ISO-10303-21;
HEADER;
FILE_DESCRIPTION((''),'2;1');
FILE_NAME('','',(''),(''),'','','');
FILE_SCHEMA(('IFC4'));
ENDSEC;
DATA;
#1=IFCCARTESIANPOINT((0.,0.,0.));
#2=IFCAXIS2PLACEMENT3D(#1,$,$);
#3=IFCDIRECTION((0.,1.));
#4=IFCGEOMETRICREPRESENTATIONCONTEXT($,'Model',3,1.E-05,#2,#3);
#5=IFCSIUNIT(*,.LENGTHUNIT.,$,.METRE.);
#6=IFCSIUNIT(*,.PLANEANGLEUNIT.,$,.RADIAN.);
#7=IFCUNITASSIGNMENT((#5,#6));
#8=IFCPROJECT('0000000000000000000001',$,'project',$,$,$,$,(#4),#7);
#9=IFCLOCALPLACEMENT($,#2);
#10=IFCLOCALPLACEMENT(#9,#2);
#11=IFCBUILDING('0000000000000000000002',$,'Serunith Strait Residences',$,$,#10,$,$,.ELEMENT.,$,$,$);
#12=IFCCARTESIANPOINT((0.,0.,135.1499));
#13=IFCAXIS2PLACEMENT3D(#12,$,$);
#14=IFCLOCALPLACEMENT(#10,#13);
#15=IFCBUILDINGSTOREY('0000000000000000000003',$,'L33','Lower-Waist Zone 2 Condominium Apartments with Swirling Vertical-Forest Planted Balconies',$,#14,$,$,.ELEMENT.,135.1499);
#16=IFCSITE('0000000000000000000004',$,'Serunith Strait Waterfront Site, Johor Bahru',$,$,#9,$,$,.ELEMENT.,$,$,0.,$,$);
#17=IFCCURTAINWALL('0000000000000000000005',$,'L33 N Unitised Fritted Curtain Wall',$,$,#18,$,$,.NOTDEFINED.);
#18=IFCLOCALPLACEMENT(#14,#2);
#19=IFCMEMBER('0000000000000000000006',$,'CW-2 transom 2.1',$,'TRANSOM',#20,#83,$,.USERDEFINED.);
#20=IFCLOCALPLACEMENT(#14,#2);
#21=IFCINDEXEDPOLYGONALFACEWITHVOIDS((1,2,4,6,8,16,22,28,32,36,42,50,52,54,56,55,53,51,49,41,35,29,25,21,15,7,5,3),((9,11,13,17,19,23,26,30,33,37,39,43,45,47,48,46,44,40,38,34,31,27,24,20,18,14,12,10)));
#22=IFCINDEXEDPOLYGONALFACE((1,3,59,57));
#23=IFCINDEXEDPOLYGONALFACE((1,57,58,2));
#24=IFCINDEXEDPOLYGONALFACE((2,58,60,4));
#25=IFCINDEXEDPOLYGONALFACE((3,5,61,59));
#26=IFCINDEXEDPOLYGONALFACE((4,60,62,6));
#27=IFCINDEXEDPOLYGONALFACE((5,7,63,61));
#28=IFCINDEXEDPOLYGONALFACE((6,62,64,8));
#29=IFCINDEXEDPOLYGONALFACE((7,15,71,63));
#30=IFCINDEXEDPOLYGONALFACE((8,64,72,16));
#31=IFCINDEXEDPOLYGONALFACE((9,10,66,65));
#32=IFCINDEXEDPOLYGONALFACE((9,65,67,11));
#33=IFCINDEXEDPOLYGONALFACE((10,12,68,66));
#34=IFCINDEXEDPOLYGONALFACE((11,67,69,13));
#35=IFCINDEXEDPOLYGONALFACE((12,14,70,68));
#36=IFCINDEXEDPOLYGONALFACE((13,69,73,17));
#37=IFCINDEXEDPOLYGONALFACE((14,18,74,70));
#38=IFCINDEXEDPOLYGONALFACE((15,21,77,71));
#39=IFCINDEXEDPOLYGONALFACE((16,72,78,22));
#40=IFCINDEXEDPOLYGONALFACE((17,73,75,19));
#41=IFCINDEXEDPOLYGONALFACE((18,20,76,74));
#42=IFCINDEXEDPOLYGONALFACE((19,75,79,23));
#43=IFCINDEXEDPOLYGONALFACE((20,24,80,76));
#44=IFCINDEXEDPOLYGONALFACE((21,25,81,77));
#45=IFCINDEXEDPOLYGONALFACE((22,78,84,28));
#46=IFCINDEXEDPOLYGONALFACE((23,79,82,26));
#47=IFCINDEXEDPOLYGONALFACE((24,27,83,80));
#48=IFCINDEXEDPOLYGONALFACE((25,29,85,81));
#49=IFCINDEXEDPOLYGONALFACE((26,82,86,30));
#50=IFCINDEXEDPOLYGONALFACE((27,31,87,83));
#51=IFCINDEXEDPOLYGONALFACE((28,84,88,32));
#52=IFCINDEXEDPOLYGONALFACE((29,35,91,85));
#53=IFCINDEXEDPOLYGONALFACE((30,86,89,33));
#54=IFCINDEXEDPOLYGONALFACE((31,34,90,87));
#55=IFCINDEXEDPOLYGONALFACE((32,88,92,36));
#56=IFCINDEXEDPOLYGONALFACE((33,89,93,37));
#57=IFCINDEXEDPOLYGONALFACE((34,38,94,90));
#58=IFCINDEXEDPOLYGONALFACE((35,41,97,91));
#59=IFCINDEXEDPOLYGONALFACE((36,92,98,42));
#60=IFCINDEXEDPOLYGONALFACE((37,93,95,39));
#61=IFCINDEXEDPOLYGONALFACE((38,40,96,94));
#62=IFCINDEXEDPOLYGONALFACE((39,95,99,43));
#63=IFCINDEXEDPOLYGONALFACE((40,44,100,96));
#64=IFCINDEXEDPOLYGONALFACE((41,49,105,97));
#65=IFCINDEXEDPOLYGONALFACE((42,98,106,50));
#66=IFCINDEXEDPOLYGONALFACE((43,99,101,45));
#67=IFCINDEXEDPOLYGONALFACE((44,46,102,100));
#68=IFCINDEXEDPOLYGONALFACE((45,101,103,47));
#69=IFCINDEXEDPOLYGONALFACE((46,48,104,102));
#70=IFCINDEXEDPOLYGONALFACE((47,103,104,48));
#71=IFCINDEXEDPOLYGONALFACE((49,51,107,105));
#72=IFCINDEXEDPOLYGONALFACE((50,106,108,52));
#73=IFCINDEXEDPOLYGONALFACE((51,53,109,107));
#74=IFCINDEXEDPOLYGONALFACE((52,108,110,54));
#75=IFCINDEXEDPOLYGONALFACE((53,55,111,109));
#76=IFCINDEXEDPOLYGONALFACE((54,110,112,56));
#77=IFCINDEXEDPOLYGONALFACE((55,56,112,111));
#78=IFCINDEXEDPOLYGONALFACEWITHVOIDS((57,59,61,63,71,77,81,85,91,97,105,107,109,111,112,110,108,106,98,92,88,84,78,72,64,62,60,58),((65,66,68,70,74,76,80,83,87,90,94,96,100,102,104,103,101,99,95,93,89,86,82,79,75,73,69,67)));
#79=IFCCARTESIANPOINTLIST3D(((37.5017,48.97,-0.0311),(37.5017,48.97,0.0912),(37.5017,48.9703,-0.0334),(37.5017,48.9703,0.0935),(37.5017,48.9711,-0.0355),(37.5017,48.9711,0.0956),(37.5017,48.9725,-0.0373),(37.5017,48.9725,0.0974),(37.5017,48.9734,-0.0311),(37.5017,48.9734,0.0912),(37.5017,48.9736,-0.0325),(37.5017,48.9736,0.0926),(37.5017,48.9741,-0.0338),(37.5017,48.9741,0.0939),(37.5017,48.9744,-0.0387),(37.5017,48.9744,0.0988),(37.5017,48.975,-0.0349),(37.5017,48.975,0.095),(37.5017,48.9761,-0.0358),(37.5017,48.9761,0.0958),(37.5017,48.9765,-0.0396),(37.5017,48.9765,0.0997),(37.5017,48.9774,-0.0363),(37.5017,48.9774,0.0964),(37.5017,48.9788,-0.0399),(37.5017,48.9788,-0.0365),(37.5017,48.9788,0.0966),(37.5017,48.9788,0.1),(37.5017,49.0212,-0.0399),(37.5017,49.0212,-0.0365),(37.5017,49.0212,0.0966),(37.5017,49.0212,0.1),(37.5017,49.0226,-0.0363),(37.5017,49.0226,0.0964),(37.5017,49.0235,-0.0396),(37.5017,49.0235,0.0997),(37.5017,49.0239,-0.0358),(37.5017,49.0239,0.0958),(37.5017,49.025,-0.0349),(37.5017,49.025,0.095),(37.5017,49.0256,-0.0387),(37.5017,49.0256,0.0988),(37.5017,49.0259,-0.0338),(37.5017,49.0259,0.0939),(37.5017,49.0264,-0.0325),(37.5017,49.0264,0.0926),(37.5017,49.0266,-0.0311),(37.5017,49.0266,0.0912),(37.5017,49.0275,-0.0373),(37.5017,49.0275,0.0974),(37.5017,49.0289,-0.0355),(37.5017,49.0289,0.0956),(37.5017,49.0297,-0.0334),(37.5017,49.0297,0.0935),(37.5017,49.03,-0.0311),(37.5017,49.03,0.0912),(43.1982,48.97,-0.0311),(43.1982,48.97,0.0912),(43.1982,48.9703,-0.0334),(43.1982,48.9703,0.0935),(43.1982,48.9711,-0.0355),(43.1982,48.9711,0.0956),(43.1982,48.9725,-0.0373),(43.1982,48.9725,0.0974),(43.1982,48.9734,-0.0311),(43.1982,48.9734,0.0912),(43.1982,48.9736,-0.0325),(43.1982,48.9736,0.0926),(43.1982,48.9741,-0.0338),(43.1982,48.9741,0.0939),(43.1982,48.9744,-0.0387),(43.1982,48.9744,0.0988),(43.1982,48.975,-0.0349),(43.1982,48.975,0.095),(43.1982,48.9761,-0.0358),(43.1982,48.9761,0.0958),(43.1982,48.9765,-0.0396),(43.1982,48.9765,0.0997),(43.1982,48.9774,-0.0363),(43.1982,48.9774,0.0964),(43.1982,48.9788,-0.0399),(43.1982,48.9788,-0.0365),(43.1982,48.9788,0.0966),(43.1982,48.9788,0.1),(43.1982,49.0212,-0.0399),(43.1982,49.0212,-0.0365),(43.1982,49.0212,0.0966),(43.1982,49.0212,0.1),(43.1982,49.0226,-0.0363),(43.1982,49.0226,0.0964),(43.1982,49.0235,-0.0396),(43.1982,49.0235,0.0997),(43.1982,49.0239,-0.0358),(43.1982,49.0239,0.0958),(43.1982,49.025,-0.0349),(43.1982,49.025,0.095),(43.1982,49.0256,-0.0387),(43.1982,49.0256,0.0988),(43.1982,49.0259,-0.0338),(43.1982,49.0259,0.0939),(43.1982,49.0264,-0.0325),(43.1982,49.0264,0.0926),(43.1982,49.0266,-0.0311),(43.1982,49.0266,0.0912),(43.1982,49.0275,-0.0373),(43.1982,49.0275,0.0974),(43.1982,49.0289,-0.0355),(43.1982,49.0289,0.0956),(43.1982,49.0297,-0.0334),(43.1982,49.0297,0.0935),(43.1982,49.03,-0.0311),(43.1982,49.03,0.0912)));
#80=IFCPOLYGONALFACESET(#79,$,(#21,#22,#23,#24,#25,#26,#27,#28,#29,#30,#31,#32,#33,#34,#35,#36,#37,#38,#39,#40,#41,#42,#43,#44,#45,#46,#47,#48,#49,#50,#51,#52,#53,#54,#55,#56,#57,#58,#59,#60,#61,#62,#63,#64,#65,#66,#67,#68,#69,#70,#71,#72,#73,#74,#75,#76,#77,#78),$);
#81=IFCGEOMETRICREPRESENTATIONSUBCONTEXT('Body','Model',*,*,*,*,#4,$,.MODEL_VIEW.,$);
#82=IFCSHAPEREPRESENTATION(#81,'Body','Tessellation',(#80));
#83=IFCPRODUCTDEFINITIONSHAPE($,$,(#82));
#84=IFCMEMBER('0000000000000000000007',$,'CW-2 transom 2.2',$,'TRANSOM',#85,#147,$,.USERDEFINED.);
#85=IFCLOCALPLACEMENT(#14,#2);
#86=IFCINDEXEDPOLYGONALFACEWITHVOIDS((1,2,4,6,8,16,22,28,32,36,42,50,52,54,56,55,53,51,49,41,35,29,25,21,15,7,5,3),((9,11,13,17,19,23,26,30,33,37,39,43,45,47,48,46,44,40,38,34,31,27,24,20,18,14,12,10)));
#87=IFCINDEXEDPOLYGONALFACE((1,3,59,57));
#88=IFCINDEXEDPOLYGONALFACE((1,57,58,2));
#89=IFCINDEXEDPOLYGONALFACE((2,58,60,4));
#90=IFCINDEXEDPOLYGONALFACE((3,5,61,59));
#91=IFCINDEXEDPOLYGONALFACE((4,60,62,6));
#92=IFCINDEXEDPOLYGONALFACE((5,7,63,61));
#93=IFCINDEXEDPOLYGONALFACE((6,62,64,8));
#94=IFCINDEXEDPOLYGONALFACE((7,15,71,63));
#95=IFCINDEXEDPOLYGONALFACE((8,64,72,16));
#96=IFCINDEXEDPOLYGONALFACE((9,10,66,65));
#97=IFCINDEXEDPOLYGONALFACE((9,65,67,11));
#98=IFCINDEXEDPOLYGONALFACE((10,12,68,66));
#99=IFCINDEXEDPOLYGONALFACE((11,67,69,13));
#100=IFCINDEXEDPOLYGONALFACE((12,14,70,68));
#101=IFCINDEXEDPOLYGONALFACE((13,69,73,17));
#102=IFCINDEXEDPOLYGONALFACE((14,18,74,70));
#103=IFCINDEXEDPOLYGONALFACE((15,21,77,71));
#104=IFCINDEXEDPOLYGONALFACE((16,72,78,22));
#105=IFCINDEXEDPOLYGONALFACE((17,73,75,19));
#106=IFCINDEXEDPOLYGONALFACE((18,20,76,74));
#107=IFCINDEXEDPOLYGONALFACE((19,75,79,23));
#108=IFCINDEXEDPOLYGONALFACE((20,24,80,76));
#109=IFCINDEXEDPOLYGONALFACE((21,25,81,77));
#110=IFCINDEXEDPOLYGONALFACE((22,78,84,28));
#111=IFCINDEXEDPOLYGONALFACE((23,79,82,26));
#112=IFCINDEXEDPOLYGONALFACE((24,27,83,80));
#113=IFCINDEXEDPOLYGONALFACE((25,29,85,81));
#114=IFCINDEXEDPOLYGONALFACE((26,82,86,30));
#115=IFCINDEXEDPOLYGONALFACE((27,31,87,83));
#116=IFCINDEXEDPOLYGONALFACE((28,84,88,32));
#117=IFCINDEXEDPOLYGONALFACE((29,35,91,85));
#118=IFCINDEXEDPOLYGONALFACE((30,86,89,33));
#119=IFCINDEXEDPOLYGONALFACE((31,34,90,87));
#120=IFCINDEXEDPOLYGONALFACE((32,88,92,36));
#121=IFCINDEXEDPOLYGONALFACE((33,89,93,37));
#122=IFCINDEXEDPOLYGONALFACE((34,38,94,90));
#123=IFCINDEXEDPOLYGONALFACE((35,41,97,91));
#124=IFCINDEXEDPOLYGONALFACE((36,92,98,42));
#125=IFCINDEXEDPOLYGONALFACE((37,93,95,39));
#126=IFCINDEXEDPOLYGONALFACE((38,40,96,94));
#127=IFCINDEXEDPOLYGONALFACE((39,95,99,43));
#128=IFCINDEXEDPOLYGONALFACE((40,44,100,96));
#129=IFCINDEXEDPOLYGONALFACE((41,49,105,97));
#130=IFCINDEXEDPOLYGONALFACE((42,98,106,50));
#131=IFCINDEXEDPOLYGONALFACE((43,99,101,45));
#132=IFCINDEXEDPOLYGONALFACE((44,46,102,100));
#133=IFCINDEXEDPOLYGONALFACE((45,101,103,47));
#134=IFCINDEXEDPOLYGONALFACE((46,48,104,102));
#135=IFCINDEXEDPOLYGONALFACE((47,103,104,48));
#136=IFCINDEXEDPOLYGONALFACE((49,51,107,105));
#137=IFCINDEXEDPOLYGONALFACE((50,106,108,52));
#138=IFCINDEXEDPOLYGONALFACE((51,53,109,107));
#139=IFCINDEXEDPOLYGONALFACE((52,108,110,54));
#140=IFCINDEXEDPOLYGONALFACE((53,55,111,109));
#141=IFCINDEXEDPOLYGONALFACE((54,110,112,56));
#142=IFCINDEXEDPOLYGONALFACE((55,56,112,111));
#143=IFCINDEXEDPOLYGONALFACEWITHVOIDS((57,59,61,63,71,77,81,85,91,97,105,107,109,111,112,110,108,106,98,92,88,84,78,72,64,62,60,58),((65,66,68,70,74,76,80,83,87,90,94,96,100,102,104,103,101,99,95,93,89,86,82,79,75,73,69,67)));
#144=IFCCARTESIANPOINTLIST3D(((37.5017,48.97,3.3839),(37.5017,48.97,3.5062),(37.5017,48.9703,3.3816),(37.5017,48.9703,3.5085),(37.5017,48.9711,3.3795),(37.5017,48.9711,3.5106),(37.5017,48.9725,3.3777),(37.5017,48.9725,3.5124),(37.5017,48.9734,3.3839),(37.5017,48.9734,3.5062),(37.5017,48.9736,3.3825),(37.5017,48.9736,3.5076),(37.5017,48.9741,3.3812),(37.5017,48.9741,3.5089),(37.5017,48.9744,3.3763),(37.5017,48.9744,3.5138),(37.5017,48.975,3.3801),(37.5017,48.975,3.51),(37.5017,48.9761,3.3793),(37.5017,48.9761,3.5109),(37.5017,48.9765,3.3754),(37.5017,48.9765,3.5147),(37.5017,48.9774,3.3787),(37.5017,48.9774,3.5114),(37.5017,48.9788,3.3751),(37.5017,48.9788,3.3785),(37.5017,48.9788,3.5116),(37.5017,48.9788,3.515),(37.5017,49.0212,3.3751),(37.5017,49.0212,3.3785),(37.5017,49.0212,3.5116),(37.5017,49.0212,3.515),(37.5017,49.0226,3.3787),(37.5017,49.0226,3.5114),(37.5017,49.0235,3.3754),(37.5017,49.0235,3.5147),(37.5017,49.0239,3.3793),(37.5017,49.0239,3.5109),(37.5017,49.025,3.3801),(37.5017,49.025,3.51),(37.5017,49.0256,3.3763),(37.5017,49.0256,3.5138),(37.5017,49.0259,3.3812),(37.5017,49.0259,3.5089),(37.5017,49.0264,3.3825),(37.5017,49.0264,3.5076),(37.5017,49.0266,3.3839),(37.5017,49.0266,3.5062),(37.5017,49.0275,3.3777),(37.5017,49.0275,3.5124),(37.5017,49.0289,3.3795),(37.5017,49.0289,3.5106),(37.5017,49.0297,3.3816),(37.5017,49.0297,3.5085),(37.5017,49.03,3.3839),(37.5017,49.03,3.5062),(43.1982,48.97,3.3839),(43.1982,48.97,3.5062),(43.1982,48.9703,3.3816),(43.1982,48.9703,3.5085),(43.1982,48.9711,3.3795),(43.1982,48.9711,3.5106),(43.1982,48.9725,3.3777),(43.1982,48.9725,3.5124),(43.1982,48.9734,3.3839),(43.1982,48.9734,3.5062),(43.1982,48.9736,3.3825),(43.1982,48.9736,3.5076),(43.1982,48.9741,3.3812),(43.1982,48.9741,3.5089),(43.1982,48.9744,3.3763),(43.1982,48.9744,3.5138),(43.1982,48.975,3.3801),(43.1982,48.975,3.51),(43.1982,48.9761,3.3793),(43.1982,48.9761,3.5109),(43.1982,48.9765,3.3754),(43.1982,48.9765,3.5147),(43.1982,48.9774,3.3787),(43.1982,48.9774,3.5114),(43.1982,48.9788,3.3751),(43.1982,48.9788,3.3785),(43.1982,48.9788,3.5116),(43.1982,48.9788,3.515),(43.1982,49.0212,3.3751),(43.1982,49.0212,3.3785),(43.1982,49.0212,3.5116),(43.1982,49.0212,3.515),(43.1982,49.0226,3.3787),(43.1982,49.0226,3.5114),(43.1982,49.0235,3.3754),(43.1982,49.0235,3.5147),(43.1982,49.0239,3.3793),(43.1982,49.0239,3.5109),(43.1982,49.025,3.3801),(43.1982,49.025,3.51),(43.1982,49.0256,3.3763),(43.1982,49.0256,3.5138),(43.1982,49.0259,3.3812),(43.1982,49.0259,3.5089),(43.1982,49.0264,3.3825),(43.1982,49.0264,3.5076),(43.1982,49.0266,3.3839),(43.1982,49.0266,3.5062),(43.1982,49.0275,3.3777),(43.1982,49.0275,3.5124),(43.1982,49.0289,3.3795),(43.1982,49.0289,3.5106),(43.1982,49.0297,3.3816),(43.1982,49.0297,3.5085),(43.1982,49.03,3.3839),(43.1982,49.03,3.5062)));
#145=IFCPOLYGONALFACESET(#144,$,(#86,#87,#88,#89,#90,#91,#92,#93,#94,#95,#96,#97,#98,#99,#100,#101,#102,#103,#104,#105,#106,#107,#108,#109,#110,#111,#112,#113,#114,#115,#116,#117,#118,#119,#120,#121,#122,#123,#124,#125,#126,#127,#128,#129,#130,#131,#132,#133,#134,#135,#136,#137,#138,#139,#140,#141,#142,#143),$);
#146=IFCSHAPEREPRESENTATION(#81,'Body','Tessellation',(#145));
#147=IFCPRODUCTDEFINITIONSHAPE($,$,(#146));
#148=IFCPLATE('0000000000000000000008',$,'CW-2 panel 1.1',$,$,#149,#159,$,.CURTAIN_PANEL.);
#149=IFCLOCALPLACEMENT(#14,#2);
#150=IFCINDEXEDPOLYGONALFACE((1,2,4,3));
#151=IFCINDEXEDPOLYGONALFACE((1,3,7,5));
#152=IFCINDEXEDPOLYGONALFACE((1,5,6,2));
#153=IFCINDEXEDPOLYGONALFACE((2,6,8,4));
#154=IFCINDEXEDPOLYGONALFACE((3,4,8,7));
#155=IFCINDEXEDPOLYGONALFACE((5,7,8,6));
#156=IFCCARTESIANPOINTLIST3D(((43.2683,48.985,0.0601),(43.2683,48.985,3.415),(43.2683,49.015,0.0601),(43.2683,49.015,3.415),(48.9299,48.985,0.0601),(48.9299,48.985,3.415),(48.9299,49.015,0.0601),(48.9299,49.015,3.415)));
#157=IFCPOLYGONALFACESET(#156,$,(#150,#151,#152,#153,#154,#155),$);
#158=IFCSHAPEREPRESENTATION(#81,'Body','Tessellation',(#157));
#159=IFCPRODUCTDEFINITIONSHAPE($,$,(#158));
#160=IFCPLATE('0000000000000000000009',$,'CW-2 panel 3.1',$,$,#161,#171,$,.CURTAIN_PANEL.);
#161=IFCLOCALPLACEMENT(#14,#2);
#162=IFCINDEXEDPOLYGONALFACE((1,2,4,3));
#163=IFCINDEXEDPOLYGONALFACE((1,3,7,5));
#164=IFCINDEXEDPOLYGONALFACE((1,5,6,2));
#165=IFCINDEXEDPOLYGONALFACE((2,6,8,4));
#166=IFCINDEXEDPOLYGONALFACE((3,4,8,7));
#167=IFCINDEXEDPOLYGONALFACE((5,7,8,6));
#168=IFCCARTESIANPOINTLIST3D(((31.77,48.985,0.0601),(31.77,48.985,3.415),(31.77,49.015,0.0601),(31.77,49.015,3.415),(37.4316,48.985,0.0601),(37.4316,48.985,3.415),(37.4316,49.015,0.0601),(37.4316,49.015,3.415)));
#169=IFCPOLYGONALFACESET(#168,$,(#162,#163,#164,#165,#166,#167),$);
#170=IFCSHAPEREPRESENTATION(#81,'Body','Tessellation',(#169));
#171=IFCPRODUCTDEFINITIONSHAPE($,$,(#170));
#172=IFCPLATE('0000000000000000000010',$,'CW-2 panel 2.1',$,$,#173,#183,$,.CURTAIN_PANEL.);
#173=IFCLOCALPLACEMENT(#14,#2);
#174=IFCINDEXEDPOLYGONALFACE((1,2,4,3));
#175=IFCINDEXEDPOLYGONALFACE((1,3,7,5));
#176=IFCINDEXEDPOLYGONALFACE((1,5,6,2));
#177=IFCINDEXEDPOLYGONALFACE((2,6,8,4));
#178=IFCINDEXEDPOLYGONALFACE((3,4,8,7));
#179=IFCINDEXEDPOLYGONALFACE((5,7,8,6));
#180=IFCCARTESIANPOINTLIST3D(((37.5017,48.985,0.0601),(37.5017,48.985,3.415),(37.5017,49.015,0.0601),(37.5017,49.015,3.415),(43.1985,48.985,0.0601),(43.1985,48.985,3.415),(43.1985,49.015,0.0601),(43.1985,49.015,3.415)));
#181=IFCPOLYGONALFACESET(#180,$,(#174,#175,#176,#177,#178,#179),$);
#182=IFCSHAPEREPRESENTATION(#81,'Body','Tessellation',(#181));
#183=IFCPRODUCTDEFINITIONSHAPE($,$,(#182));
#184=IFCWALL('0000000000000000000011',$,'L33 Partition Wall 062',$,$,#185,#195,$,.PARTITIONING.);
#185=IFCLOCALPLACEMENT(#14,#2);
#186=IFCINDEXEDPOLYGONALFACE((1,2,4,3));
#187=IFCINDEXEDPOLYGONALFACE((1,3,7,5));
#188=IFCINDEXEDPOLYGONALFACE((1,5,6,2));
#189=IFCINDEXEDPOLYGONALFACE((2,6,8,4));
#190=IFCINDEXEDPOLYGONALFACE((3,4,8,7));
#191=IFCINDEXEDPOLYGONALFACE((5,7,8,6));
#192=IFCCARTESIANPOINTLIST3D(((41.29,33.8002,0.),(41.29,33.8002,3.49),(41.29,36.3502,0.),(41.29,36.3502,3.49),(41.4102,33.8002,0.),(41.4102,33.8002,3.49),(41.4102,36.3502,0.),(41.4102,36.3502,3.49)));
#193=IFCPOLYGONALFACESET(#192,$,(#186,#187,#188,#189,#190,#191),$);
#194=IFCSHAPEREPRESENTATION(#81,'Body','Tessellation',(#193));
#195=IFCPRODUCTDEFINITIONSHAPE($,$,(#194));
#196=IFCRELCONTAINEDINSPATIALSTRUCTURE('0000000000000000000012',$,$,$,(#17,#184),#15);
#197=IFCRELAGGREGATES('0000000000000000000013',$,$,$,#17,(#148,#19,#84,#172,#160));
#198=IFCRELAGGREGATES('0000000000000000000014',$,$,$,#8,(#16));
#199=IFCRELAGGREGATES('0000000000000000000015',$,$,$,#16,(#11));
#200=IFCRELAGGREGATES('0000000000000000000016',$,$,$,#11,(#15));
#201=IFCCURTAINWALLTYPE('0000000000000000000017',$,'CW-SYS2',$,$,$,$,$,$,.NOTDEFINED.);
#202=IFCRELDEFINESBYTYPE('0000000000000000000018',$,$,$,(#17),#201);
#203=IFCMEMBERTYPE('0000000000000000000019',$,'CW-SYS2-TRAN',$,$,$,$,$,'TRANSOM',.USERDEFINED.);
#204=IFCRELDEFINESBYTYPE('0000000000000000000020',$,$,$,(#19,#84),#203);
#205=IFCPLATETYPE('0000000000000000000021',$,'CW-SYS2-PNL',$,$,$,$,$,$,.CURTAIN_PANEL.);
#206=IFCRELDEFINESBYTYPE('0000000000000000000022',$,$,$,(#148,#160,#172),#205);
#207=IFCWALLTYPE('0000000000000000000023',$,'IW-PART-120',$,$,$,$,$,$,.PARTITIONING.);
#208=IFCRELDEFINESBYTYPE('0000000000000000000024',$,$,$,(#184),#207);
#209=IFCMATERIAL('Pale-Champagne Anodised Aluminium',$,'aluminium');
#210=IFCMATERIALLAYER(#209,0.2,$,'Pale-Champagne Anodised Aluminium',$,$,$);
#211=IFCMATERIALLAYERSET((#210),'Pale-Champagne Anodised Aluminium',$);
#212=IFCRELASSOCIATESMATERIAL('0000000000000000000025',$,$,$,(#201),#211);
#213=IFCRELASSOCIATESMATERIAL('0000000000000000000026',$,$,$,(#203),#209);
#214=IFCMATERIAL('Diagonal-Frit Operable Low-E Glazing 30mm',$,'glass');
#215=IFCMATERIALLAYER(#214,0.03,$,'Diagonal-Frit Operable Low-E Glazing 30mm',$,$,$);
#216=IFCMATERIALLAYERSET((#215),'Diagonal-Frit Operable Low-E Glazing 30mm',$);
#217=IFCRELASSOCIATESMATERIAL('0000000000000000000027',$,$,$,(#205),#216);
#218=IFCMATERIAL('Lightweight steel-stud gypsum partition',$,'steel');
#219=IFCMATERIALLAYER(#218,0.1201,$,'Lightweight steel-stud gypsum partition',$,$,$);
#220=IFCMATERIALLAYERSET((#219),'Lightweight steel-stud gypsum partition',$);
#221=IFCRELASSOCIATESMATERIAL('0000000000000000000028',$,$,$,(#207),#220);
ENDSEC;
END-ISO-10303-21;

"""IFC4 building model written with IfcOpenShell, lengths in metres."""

from ifc_helpers import new_model, si_unit, direction, frame, frame_2d, origin, origin_2d, place, context, subcontext, project, spatial, rectangle, hollow_rectangle, extrude, source, transform, mapped, material, layer, layer_set, material_profile, profile_set, type_object, element, aggregate, save


model = new_model("IFC4")

# Units and contexts
model_context = context("Model", 3, precision=1e-05, world=origin(), true_north=direction((0.0, 1.0)))
body_context = subcontext(model_context, "Body", "Model", "MODEL_VIEW")
ifc_project = project(units=[si_unit("LENGTHUNIT", "METRE"), si_unit("PLANEANGLEUNIT", "RADIAN")], contexts=[model_context])

# Site, building, storey
site_placement = place(None, origin())
site = spatial("IfcSite", under=ifc_project, at=site_placement, Name="Serunith Strait Waterfront Site, Johor Bahru", CompositionType="ELEMENT", RefElevation=0.0)
building_placement = place(site_placement, origin())
building = spatial("IfcBuilding", under=site, at=building_placement, Name="Serunith Strait Residences", CompositionType="ELEMENT")
storey_placement = place(building_placement, frame((0.0, 0.0, 135.1499)))
storey = spatial("IfcBuildingStorey", under=building, at=storey_placement, Name="L33", Description="Lower-Waist Zone 2 Condominium Apartments with Swirling Vertical-Forest Planted Balconies", CompositionType="ELEMENT", Elevation=135.1499)

# Curtain wall, members, plates
ifc_material_1 = material(Name="Pale-Champagne Anodised Aluminium", Category="aluminium")
ifc_layer_1 = layer(ifc_material_1, 0.2, Name="Pale-Champagne Anodised Aluminium")
ifc_layer_set_1 = layer_set([ifc_layer_1], Name="Pale-Champagne Anodised Aluminium")
curtain_wall_type = type_object("IfcCurtainWallType", Name="CW-SYS2", PredefinedType="NOTDEFINED", material=ifc_layer_set_1)
curtain_wall_placement = place(storey_placement, origin())
curtain_wall = element("IfcCurtainWall", 1, at=curtain_wall_placement, inside=storey, type_object=curtain_wall_type, Name="L33 N Unitised Fritted Curtain Wall", PredefinedType="NOTDEFINED")
ifc_material_profile_1 = material_profile(ifc_material_1, hollow_rectangle(XDim=0.0601, YDim=0.1399, WallThickness=0.0034, InnerFilletRadius=0.0054, OuterFilletRadius=0.0088, at=origin_2d()), Name="ALU 140x60x3.5")
ifc_profile_set_1 = profile_set([ifc_material_profile_1], Name="Pale-Champagne Anodised Aluminium")
member_type_1 = type_object("IfcMemberType", Name="CW-SYS2-TRAN", ElementType="TRANSOM", PredefinedType="USERDEFINED", material=ifc_profile_set_1)
shared_shape_1 = source(origin(), body_context, "Body", "SweptSolid", [
    extrude(hollow_rectangle(XDim=0.0601, YDim=0.1399, WallThickness=0.0034, InnerFilletRadius=0.0054, OuterFilletRadius=0.0088, at=origin_2d()), origin(), (0.0, 0.0, 1.0), 5.6965),
])
member_1_placement = place(storey_placement, frame((43.1982, 49.0, 0.03), z_axis=(-1.0, 0.0, 0.0), x_axis=(0.0, -1.0, 0.0)))
member_1 = element("IfcMember", 2, at=member_1_placement, type_object=member_type_1, Name="CW-2 transom 2.1", ObjectType="TRANSOM", PredefinedType="USERDEFINED", context=body_context, shape_type="MappedRepresentation", body=[
    mapped(shared_shape_1, transform((0.0, 0.0, 0.0), scale=1.0)),
])
member_2_placement = place(storey_placement, frame((43.1982, 49.0, 3.4451), z_axis=(-1.0, 0.0, 0.0), x_axis=(0.0, -1.0, 0.0)))
member_2 = element("IfcMember", 3, at=member_2_placement, type_object=member_type_1, Name="CW-2 transom 2.2", ObjectType="TRANSOM", PredefinedType="USERDEFINED", context=body_context, shape_type="MappedRepresentation", body=[
    mapped(shared_shape_1, transform((0.0, 0.0, 0.0), scale=1.0)),
])
ifc_material_2 = material(Name="Diagonal-Frit Operable Low-E Glazing 30mm", Category="glass")
ifc_layer_2 = layer(ifc_material_2, 0.03, Name="Diagonal-Frit Operable Low-E Glazing 30mm")
ifc_layer_set_2 = layer_set([ifc_layer_2], Name="Diagonal-Frit Operable Low-E Glazing 30mm")
plate_type = type_object("IfcPlateType", Name="CW-SYS2-PNL", PredefinedType="CURTAIN_PANEL", material=ifc_layer_set_2)
shared_shape_2 = source(origin(), body_context, "Body", "SweptSolid", [
    extrude(rectangle(XDim=5.6616, YDim=0.03, at=origin_2d()), origin(), (0.0, 0.0, 1.0), 3.355),
])
plate_1_placement = place(storey_placement, frame((46.0991, 49.0, 0.0601), z_axis=(0.0, 0.0, 1.0), x_axis=(-1.0, 0.0, 0.0)))
plate_1 = element("IfcPlate", 4, at=plate_1_placement, type_object=plate_type, Name="CW-2 panel 1.1", PredefinedType="CURTAIN_PANEL", context=body_context, shape_type="MappedRepresentation", body=[
    mapped(shared_shape_2, transform((0.0, 0.0, 0.0), scale=1.0)),
])
plate_2_placement = place(storey_placement, frame((34.6008, 49.0, 0.0601), z_axis=(0.0, 0.0, 1.0), x_axis=(-1.0, 0.0, 0.0)))
plate_2 = element("IfcPlate", 5, at=plate_2_placement, type_object=plate_type, Name="CW-2 panel 3.1", PredefinedType="CURTAIN_PANEL", context=body_context, shape_type="MappedRepresentation", body=[
    mapped(shared_shape_2, transform((0.0, 0.0, 0.0), scale=1.0)),
])
shared_shape_3 = source(origin(), body_context, "Body", "SweptSolid", [
    extrude(rectangle(XDim=5.6968, YDim=0.03, at=origin_2d()), origin(), (0.0, 0.0, 1.0), 3.355),
])
plate_3_placement = place(storey_placement, frame((40.3501, 49.0, 0.0601), z_axis=(0.0, 0.0, 1.0), x_axis=(-1.0, 0.0, 0.0)))
plate_3 = element("IfcPlate", 6, at=plate_3_placement, type_object=plate_type, Name="CW-2 panel 2.1", PredefinedType="CURTAIN_PANEL", context=body_context, shape_type="MappedRepresentation", body=[
    mapped(shared_shape_3, transform((0.0, 0.0, 0.0), scale=1.0)),
])
aggregate(curtain_wall, [plate_1, member_1, member_2, plate_3, plate_2])

# Wall
ifc_material_3 = material(Name="Lightweight steel-stud gypsum partition", Category="steel")
ifc_layer_3 = layer(ifc_material_3, 0.1201, Name="Lightweight steel-stud gypsum partition")
ifc_layer_set_3 = layer_set([ifc_layer_3], Name="Lightweight steel-stud gypsum partition")
wall_type = type_object("IfcWallType", Name="IW-PART-120", PredefinedType="PARTITIONING", material=ifc_layer_set_3)
wall_1_placement = place(storey_placement, frame((41.3501, 36.3501, 0.0), z_axis=(0.0, 0.0, 1.0), x_axis=(0.0, -1.0, 0.0)))
element("IfcWall", 7, at=wall_1_placement, inside=storey, type_object=wall_type, Name="L33 Partition Wall 062", PredefinedType="PARTITIONING", context=body_context, shape_type="SweptSolid", body=[
    extrude(rectangle(XDim=2.55, YDim=0.1201, at=frame_2d((1.2749, 0.0))), origin(), (0.0, 0.0, 1.0), 3.49),
])

save(model, "model.ifc")
